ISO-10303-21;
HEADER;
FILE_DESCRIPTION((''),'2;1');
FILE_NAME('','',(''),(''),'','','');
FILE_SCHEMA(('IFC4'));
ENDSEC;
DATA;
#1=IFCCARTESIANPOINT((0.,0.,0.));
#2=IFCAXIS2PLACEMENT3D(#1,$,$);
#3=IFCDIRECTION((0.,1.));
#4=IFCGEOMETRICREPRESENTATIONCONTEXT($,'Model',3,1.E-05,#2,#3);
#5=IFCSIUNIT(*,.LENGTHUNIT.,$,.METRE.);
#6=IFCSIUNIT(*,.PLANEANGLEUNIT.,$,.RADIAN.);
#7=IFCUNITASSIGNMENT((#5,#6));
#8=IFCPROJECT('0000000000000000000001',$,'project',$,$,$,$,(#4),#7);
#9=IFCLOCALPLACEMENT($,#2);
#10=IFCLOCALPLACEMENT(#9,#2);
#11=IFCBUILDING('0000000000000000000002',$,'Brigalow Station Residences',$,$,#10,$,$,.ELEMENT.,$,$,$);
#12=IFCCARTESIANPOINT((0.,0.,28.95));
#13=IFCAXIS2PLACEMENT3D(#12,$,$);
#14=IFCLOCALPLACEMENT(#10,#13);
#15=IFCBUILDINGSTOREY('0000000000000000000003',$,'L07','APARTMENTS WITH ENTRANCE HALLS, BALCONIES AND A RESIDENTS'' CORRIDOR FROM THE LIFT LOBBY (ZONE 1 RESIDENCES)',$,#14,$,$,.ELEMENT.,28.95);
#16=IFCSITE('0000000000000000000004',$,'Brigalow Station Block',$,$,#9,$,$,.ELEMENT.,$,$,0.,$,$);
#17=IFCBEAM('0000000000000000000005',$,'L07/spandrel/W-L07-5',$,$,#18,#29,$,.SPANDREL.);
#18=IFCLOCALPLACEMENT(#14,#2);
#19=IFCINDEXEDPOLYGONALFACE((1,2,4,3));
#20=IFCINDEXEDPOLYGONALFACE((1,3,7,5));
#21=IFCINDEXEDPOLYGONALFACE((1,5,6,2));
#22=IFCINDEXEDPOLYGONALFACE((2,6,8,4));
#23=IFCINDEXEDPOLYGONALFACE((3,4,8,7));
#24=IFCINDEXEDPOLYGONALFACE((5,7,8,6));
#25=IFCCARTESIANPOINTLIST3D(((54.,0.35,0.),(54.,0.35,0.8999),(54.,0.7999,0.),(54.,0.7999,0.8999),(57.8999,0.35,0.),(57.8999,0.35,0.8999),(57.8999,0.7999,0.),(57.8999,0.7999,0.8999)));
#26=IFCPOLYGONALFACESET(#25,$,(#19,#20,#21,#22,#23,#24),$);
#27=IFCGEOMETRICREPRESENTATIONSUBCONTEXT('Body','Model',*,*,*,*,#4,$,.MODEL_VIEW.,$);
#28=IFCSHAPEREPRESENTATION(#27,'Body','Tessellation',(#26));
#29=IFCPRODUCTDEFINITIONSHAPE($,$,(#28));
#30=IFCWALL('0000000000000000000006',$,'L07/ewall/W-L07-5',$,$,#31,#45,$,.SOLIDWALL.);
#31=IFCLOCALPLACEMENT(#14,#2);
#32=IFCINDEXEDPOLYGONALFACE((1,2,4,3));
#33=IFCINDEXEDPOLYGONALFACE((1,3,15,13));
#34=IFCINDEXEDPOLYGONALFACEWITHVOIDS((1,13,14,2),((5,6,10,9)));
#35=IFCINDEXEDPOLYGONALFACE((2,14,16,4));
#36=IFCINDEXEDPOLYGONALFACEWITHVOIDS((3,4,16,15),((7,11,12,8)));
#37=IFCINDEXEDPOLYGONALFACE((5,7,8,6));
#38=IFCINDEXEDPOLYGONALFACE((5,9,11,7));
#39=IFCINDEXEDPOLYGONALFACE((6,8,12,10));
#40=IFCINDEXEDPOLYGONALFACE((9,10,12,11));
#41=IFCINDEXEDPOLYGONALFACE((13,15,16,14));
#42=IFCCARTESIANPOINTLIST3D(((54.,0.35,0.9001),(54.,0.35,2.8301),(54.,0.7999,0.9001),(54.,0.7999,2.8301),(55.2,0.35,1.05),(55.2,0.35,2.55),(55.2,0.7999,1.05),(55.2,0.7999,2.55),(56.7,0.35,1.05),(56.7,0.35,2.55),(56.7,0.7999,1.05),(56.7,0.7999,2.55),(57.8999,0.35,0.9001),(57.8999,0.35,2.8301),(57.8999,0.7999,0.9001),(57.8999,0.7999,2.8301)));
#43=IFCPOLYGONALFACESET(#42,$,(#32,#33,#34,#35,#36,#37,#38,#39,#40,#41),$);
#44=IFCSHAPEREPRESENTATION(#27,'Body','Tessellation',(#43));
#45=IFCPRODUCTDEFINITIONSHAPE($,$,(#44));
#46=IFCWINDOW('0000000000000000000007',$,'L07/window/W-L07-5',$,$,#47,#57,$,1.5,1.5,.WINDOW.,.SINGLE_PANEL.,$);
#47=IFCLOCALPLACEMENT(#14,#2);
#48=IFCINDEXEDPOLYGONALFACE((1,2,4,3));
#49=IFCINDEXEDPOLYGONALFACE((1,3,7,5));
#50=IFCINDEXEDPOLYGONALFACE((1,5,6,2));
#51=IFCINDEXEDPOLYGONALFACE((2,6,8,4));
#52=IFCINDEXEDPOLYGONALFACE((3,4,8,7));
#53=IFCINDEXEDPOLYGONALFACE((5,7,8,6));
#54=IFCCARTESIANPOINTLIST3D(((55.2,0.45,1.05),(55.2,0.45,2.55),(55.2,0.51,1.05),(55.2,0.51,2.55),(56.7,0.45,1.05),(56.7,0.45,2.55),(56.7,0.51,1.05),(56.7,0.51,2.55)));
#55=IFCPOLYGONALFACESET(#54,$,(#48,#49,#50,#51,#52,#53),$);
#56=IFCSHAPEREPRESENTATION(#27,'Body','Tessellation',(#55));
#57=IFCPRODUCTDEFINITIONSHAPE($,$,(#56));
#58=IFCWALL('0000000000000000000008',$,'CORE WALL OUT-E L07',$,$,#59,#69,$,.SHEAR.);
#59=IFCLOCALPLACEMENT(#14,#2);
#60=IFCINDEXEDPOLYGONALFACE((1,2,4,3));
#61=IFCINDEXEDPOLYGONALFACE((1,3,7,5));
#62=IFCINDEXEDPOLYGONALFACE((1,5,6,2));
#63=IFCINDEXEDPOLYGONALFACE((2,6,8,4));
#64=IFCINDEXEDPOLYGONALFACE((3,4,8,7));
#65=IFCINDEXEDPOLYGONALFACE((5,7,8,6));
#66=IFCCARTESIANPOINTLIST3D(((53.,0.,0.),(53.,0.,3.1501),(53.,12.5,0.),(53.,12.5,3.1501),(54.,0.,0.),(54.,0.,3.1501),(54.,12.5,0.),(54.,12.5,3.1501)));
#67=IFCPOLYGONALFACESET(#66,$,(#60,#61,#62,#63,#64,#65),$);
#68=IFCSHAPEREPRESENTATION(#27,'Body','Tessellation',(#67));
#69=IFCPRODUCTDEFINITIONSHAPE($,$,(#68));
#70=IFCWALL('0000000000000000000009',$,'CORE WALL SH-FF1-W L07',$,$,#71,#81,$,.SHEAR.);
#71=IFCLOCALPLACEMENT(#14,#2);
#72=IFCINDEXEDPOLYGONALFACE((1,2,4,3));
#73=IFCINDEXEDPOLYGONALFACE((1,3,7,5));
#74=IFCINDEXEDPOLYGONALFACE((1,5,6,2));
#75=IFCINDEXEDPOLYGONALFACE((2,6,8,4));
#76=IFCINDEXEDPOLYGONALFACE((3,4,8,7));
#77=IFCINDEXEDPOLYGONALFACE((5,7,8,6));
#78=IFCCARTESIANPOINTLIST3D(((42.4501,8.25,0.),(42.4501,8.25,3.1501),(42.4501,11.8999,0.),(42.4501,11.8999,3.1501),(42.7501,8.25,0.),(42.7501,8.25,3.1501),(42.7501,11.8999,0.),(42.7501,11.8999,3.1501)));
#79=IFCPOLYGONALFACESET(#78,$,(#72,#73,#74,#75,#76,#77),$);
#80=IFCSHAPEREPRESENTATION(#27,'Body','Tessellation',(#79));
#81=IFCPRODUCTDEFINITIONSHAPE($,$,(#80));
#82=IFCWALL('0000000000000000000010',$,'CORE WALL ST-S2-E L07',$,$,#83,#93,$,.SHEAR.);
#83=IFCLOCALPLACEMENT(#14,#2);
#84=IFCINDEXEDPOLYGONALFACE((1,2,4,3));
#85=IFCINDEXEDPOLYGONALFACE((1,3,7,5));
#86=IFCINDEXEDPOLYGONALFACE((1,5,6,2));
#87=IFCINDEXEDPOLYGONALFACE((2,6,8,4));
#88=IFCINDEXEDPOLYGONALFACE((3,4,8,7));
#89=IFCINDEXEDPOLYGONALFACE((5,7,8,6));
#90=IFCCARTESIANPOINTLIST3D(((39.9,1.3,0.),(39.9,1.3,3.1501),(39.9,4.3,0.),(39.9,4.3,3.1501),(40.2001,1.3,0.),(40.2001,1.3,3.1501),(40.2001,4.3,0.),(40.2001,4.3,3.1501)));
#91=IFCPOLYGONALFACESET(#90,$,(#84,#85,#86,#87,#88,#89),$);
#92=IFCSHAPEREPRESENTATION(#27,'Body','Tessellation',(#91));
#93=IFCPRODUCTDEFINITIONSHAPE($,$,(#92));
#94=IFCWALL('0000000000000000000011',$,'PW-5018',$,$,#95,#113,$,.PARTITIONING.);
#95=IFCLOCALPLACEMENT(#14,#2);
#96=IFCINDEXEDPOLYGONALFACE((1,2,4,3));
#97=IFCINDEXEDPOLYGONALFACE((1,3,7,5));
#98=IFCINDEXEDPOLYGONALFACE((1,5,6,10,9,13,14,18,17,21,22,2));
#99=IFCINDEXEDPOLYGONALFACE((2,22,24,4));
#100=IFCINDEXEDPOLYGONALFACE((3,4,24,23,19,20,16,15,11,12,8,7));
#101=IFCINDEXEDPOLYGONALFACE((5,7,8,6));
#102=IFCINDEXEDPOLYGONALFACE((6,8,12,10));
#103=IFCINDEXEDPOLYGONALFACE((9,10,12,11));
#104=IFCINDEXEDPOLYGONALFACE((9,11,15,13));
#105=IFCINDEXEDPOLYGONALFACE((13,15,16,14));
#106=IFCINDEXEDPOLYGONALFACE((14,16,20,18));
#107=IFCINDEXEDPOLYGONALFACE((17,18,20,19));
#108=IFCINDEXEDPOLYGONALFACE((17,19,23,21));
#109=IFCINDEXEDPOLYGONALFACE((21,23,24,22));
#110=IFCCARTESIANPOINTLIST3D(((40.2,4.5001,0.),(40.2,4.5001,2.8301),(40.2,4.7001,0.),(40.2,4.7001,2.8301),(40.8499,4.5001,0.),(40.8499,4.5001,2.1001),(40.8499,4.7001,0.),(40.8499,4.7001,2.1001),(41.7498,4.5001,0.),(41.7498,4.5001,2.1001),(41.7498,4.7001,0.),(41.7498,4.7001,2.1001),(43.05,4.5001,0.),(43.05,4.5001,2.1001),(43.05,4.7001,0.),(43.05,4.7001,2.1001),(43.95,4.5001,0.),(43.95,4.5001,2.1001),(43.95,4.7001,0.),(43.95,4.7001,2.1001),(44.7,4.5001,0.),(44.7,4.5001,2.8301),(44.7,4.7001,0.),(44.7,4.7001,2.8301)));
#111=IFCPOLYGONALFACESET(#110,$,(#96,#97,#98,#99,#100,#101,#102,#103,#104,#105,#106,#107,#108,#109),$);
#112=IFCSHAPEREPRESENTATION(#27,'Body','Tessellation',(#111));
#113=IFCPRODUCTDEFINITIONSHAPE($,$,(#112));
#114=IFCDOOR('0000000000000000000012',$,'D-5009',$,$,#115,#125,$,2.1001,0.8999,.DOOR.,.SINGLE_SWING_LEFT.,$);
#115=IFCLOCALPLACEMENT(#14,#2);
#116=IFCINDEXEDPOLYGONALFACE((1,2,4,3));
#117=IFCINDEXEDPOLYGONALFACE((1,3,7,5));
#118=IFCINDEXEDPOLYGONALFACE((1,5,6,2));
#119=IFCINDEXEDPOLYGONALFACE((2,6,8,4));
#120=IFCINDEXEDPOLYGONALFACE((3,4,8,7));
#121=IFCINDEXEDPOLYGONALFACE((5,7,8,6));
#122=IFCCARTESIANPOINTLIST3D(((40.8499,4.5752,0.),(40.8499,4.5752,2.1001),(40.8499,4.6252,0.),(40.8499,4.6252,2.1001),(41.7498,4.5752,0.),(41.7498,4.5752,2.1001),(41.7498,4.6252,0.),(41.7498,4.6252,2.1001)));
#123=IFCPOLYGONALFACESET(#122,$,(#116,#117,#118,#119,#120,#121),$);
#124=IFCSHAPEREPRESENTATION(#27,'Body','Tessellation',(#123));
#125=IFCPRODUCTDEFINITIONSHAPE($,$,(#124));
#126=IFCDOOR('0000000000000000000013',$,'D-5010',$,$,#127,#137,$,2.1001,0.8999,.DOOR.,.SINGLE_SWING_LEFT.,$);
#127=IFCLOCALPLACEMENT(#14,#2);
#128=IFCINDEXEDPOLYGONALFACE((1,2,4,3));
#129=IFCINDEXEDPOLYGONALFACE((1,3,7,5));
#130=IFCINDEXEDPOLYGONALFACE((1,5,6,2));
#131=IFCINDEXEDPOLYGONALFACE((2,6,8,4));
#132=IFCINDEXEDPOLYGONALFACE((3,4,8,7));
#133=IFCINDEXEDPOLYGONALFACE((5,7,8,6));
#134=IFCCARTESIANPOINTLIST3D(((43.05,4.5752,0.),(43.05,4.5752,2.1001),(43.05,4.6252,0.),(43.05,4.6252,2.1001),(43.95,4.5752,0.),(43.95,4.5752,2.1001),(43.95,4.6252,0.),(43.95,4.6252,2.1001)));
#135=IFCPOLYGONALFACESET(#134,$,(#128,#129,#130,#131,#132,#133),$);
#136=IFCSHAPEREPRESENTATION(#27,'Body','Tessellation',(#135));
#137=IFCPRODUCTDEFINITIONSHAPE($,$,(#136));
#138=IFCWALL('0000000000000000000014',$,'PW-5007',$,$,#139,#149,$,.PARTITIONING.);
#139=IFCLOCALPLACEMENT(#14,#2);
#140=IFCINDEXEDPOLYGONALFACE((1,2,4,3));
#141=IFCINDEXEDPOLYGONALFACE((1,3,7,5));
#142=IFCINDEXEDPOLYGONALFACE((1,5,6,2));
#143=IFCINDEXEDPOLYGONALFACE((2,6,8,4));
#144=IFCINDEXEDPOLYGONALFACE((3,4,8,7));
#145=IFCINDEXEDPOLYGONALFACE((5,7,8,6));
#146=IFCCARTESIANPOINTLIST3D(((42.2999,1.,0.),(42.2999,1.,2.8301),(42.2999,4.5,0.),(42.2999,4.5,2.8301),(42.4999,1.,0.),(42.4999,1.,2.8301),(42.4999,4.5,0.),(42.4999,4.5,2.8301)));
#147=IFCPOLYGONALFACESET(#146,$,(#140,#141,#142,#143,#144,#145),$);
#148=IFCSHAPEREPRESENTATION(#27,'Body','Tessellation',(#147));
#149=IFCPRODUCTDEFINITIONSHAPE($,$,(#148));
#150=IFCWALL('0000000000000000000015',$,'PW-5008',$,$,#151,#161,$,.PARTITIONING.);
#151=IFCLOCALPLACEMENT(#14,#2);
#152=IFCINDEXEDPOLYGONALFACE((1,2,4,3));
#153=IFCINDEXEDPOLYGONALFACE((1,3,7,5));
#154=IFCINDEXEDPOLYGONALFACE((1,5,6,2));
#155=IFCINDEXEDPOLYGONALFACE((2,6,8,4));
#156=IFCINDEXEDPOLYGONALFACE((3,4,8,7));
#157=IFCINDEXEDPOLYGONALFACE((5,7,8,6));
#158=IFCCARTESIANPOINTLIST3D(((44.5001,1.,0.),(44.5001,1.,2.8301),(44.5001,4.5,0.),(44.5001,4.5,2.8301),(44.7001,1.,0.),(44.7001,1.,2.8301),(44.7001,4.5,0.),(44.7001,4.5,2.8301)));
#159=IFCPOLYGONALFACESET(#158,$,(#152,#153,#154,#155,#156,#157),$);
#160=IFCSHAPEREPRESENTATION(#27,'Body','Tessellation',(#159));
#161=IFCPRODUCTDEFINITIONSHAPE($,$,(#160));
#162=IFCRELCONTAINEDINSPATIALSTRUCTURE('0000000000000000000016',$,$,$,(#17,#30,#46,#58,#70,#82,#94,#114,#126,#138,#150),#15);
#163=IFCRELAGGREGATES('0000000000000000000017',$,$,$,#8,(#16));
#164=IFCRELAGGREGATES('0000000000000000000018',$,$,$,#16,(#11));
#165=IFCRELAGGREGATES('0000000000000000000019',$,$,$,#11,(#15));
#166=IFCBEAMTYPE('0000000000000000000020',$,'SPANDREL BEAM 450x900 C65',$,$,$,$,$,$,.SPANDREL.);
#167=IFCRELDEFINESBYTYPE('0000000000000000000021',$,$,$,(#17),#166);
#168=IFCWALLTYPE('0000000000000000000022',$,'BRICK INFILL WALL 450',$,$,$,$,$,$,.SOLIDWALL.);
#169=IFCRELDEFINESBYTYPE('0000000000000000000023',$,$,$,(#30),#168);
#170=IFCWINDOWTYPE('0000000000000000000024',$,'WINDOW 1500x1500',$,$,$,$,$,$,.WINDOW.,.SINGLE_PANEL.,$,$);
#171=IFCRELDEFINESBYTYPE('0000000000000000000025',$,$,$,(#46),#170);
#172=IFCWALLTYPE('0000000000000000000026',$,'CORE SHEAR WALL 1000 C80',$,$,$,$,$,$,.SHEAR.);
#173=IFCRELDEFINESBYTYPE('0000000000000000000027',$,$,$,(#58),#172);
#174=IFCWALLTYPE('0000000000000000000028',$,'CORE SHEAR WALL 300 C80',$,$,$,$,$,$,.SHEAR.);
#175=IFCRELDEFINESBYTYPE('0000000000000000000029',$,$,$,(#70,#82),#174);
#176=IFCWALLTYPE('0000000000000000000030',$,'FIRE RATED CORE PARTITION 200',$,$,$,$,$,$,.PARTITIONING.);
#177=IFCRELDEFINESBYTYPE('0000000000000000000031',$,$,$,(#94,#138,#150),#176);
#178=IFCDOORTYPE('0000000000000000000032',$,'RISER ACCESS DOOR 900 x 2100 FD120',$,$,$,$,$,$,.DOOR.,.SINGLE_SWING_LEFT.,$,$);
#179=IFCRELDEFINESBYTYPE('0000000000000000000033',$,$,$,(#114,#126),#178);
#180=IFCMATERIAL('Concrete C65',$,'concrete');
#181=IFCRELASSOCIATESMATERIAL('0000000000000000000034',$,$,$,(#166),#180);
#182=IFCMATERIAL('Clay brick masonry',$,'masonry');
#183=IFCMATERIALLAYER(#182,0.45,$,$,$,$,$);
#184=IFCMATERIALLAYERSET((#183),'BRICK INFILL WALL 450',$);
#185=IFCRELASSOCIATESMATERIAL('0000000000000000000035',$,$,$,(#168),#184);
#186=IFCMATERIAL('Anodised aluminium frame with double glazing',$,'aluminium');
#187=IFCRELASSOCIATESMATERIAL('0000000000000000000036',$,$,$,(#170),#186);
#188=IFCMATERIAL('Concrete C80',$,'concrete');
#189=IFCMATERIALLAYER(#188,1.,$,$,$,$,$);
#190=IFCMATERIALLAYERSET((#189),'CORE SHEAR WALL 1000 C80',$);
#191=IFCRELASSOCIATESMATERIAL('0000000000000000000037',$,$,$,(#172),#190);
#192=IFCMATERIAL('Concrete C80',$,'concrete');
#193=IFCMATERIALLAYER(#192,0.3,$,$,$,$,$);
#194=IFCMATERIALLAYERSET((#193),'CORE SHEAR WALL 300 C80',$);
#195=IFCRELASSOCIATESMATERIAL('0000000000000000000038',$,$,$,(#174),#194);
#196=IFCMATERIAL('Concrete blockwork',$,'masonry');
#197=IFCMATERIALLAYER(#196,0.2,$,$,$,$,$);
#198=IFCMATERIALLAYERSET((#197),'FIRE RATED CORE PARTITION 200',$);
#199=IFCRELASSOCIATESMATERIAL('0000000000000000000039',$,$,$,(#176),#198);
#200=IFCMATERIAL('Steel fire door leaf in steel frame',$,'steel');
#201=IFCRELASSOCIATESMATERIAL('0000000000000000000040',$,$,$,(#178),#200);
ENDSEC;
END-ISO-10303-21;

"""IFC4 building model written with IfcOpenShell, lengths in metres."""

from ifc_helpers import new_model, si_unit, direction, frame, frame_2d, origin, origin_2d, place, context, subcontext, project, spatial, rectangle, extrude, material, layer, layer_set, material_profile, profile_set, type_object, element, fill, save


model = new_model("IFC4")

# Units and contexts
model_context = context("Model", 3, precision=1e-05, world=origin(), true_north=direction((0.0, 1.0)))
body_context = subcontext(model_context, "Body", "Model", "MODEL_VIEW")
ifc_project = project(units=[si_unit("LENGTHUNIT", "METRE"), si_unit("PLANEANGLEUNIT", "RADIAN")], contexts=[model_context])

# Site, building, storey
site_placement = place(None, origin())
site = spatial("IfcSite", under=ifc_project, at=site_placement, Name="Brigalow Station Block", CompositionType="ELEMENT", RefElevation=0.0)
building_placement = place(site_placement, origin())
building = spatial("IfcBuilding", under=site, at=building_placement, Name="Brigalow Station Residences", CompositionType="ELEMENT")
storey_placement = place(building_placement, frame((0.0, 0.0, 28.95)))
storey = spatial("IfcBuildingStorey", under=building, at=storey_placement, Name="L07", Description="APARTMENTS WITH ENTRANCE HALLS, BALCONIES AND A RESIDENTS' CORRIDOR FROM THE LIFT LOBBY (ZONE 1 RESIDENCES)", CompositionType="ELEMENT", Elevation=28.95)

# Beam
ifc_material_1 = material(Name="Concrete C65", Category="concrete")
ifc_material_profile = material_profile(ifc_material_1, rectangle(XDim=0.45, YDim=0.8999, at=origin_2d()), Name="RC450x900")
ifc_profile_set = profile_set([ifc_material_profile], Name="Concrete C65")
beam_type = type_object("IfcBeamType", Name="SPANDREL BEAM 450x900 C65", PredefinedType="SPANDREL", material=ifc_profile_set)
beam_placement = place(storey_placement, frame((54.0, 0.575, 0.45), z_axis=(1.0, 0.0, 0.0), x_axis=(0.0, 1.0, 0.0)))
element("IfcBeam", 1, at=beam_placement, inside=storey, type_object=beam_type, Name="L07/spandrel/W-L07-5", PredefinedType="SPANDREL", context=body_context, shape_type="SweptSolid", body=[
    extrude(rectangle(XDim=0.45, YDim=0.8999, at=origin_2d()), origin(), (0.0, 0.0, 1.0), 3.8999),
])

# Wall, opening, window
ifc_material_2 = material(Name="Clay brick masonry", Category="masonry")
ifc_layer_1 = layer(ifc_material_2, 0.45)
ifc_layer_set_1 = layer_set([ifc_layer_1], Name="BRICK INFILL WALL 450")
wall_type_1 = type_object("IfcWallType", Name="BRICK INFILL WALL 450", PredefinedType="SOLIDWALL", material=ifc_layer_set_1)
wall_1_placement = place(storey_placement, frame((54.0, 0.575, 0.9001), z_axis=(0.0, 0.0, 1.0), x_axis=(1.0, 0.0, 0.0)))
wall_1 = element("IfcWall", 2, at=wall_1_placement, inside=storey, type_object=wall_type_1, Name="L07/ewall/W-L07-5", PredefinedType="SOLIDWALL", context=body_context, shape_type="SweptSolid", body=[
    extrude(rectangle(XDim=3.8999, YDim=0.45, at=frame_2d((1.95, 0.0))), origin(), (0.0, 0.0, 1.0), 1.9299),
])
opening_1_placement = place(wall_1_placement, frame((1.2, 0.0, 0.1499)))
opening_1 = element("IfcOpeningElement", 3, at=opening_1_placement, cuts=wall_1, PredefinedType="OPENING", context=body_context, shape_type="SweptSolid", body=[
    extrude(rectangle(XDim=1.5, YDim=1.5, at=frame_2d((0.75, 0.75))), frame((0.0, 0.2349, 0.0), z_axis=(0.0, -1.0, 0.0), x_axis=(1.0, 0.0, 0.0)), (0.0, 0.0, 1.0), 0.47),
])
ifc_material_3 = material(Name="Anodised aluminium frame with double glazing", Category="aluminium")
window_type = type_object("IfcWindowType", Name="WINDOW 1500x1500", PartitioningType="SINGLE_PANEL", PredefinedType="WINDOW", material=ifc_material_3)
window_placement = place(opening_1_placement, origin())
window = element("IfcWindow", 4, at=window_placement, inside=storey, type_object=window_type, Name="L07/window/W-L07-5", OverallHeight=1.5, OverallWidth=1.5, PartitioningType="SINGLE_PANEL", PredefinedType="WINDOW", context=body_context, shape_type="SweptSolid", body=[
    extrude(rectangle(XDim=1.5, YDim=1.5, at=frame_2d((0.75, 0.75))), frame((0.0, -0.0649, 0.0), z_axis=(0.0, -1.0, 0.0), x_axis=(1.0, 0.0, 0.0)), (0.0, 0.0, 1.0), 0.0601),
])
fill(opening_1, window)

# Walls
ifc_material_4 = material(Name="Concrete C80", Category="concrete")
ifc_layer_2 = layer(ifc_material_4, 1.0)
ifc_layer_set_2 = layer_set([ifc_layer_2], Name="CORE SHEAR WALL 1000 C80")
wall_type_2 = type_object("IfcWallType", Name="CORE SHEAR WALL 1000 C80", PredefinedType="SHEAR", material=ifc_layer_set_2)
wall_2_placement = place(storey_placement, frame((53.5, 0.0, 0.0), z_axis=(0.0, 0.0, 1.0), x_axis=(0.0, 1.0, 0.0)))
element("IfcWall", 5, at=wall_2_placement, inside=storey, type_object=wall_type_2, Name="CORE WALL OUT-E L07", PredefinedType="SHEAR", context=body_context, shape_type="SweptSolid", body=[
    extrude(rectangle(XDim=12.5, YDim=1.0, at=frame_2d((6.25, 0.0))), origin(), (0.0, 0.0, 1.0), 3.1501),
])
ifc_material_5 = material(Name="Concrete C80", Category="concrete")
ifc_layer_3 = layer(ifc_material_5, 0.3)
ifc_layer_set_3 = layer_set([ifc_layer_3], Name="CORE SHEAR WALL 300 C80")
wall_type_3 = type_object("IfcWallType", Name="CORE SHEAR WALL 300 C80", PredefinedType="SHEAR", material=ifc_layer_set_3)
wall_3_placement = place(storey_placement, frame((42.6001, 8.25, 0.0), z_axis=(0.0, 0.0, 1.0), x_axis=(0.0, 1.0, 0.0)))
element("IfcWall", 6, at=wall_3_placement, inside=storey, type_object=wall_type_3, Name="CORE WALL SH-FF1-W L07", PredefinedType="SHEAR", context=body_context, shape_type="SweptSolid", body=[
    extrude(rectangle(XDim=3.6499, YDim=0.3, at=frame_2d((1.825, 0.0))), origin(), (0.0, 0.0, 1.0), 3.1501),
])
wall_4_placement = place(storey_placement, frame((40.05, 1.3, 0.0), z_axis=(0.0, 0.0, 1.0), x_axis=(0.0, 1.0, 0.0)))
element("IfcWall", 7, at=wall_4_placement, inside=storey, type_object=wall_type_3, Name="CORE WALL ST-S2-E L07", PredefinedType="SHEAR", context=body_context, shape_type="SweptSolid", body=[
    extrude(rectangle(XDim=3.0, YDim=0.3, at=frame_2d((1.5, 0.0))), origin(), (0.0, 0.0, 1.0), 3.1501),
])

# Wall, openings, doors
ifc_material_6 = material(Name="Concrete blockwork", Category="masonry")
ifc_layer_4 = layer(ifc_material_6, 0.2)
ifc_layer_set_4 = layer_set([ifc_layer_4], Name="FIRE RATED CORE PARTITION 200")
wall_type_4 = type_object("IfcWallType", Name="FIRE RATED CORE PARTITION 200", PredefinedType="PARTITIONING", material=ifc_layer_set_4)
wall_5_placement = place(storey_placement, frame((40.2, 4.6001, 0.0), z_axis=(0.0, 0.0, 1.0), x_axis=(1.0, 0.0, 0.0)))
wall_5 = element("IfcWall", 8, at=wall_5_placement, inside=storey, type_object=wall_type_4, Name="PW-5018", PredefinedType="PARTITIONING", context=body_context, shape_type="SweptSolid", body=[
    extrude(rectangle(XDim=4.5, YDim=0.2, at=frame_2d((2.25, 0.0))), origin(), (0.0, 0.0, 1.0), 2.8301),
])
opening_2_placement = place(wall_5_placement, frame((0.6499, 0.0, 0.0)))
opening_2 = element("IfcOpeningElement", 9, at=opening_2_placement, cuts=wall_5, PredefinedType="OPENING", context=body_context, shape_type="SweptSolid", body=[
    extrude(rectangle(XDim=0.8999, YDim=2.1001, at=frame_2d((0.45, 1.05))), frame((0.0, 0.1099, 0.0), z_axis=(0.0, -1.0, 0.0), x_axis=(1.0, 0.0, 0.0)), (0.0, 0.0, 1.0), 0.22),
])
opening_3_placement = place(wall_5_placement, frame((2.8501, 0.0, 0.0)))
opening_3 = element("IfcOpeningElement", 10, at=opening_3_placement, cuts=wall_5, PredefinedType="OPENING", context=body_context, shape_type="SweptSolid", body=[
    extrude(rectangle(XDim=0.8999, YDim=2.1001, at=frame_2d((0.45, 1.05))), frame((0.0, 0.1099, 0.0), z_axis=(0.0, -1.0, 0.0), x_axis=(1.0, 0.0, 0.0)), (0.0, 0.0, 1.0), 0.22),
])
ifc_material_7 = material(Name="Steel fire door leaf in steel frame", Category="steel")
door_type_1 = type_object("IfcDoorType", Name="RISER ACCESS DOOR 900 x 2100 FD120", OperationType="SINGLE_SWING_LEFT", PredefinedType="DOOR", material=ifc_material_7)
door_1_placement = place(opening_2_placement, frame((0.8999, 0.0, 0.0), z_axis=(0.0, 0.0, 1.0), x_axis=(-1.0, 0.0, 0.0)))
door_1 = element("IfcDoor", 11, at=door_1_placement, inside=storey, type_object=door_type_1, Name="D-5009", OperationType="SINGLE_SWING_LEFT", OverallHeight=2.1001, OverallWidth=0.8999, PredefinedType="DOOR", context=body_context, shape_type="SweptSolid", body=[
    extrude(rectangle(XDim=0.8999, YDim=2.1001, at=frame_2d((0.45, 1.05))), frame((0.0, 0.0249, 0.0), z_axis=(0.0, -1.0, 0.0), x_axis=(1.0, 0.0, 0.0)), (0.0, 0.0, 1.0), 0.05),
])
fill(opening_2, door_1)
door_2_placement = place(opening_3_placement, frame((0.8999, 0.0, 0.0), z_axis=(0.0, 0.0, 1.0), x_axis=(-1.0, 0.0, 0.0)))
door_2 = element("IfcDoor", 12, at=door_2_placement, inside=storey, type_object=door_type_1, Name="D-5010", OperationType="SINGLE_SWING_LEFT", OverallHeight=2.1001, OverallWidth=0.8999, PredefinedType="DOOR", context=body_context, shape_type="SweptSolid", body=[
    extrude(rectangle(XDim=0.8999, YDim=2.1001, at=frame_2d((0.45, 1.05))), frame((0.0, 0.0249, 0.0), z_axis=(0.0, -1.0, 0.0), x_axis=(1.0, 0.0, 0.0)), (0.0, 0.0, 1.0), 0.05),
])
fill(opening_3, door_2)

# Walls
for number, where, z_axis, x_axis, name in (
    (13, (42.3999, 1.0, 0.0), (0.0, 0.0, 1.0), (0.0, 1.0, 0.0), "PW-5007"),
    (14, (44.6001, 1.0, 0.0), (0.0, 0.0, 1.0), (0.0, 1.0, 0.0), "PW-5008"),
):
    element("IfcWall", number, at=place(storey_placement, frame(where, z_axis=z_axis, x_axis=x_axis)), inside=storey, type_object=wall_type_4, Name=name, PredefinedType="PARTITIONING", context=body_context, shape_type="SweptSolid", body=[
        extrude(rectangle(XDim=3.5, YDim=0.2, at=frame_2d((1.75, 0.0))), origin(), (0.0, 0.0, 1.0), 2.8301),
    ])

save(model, "model.ifc")
